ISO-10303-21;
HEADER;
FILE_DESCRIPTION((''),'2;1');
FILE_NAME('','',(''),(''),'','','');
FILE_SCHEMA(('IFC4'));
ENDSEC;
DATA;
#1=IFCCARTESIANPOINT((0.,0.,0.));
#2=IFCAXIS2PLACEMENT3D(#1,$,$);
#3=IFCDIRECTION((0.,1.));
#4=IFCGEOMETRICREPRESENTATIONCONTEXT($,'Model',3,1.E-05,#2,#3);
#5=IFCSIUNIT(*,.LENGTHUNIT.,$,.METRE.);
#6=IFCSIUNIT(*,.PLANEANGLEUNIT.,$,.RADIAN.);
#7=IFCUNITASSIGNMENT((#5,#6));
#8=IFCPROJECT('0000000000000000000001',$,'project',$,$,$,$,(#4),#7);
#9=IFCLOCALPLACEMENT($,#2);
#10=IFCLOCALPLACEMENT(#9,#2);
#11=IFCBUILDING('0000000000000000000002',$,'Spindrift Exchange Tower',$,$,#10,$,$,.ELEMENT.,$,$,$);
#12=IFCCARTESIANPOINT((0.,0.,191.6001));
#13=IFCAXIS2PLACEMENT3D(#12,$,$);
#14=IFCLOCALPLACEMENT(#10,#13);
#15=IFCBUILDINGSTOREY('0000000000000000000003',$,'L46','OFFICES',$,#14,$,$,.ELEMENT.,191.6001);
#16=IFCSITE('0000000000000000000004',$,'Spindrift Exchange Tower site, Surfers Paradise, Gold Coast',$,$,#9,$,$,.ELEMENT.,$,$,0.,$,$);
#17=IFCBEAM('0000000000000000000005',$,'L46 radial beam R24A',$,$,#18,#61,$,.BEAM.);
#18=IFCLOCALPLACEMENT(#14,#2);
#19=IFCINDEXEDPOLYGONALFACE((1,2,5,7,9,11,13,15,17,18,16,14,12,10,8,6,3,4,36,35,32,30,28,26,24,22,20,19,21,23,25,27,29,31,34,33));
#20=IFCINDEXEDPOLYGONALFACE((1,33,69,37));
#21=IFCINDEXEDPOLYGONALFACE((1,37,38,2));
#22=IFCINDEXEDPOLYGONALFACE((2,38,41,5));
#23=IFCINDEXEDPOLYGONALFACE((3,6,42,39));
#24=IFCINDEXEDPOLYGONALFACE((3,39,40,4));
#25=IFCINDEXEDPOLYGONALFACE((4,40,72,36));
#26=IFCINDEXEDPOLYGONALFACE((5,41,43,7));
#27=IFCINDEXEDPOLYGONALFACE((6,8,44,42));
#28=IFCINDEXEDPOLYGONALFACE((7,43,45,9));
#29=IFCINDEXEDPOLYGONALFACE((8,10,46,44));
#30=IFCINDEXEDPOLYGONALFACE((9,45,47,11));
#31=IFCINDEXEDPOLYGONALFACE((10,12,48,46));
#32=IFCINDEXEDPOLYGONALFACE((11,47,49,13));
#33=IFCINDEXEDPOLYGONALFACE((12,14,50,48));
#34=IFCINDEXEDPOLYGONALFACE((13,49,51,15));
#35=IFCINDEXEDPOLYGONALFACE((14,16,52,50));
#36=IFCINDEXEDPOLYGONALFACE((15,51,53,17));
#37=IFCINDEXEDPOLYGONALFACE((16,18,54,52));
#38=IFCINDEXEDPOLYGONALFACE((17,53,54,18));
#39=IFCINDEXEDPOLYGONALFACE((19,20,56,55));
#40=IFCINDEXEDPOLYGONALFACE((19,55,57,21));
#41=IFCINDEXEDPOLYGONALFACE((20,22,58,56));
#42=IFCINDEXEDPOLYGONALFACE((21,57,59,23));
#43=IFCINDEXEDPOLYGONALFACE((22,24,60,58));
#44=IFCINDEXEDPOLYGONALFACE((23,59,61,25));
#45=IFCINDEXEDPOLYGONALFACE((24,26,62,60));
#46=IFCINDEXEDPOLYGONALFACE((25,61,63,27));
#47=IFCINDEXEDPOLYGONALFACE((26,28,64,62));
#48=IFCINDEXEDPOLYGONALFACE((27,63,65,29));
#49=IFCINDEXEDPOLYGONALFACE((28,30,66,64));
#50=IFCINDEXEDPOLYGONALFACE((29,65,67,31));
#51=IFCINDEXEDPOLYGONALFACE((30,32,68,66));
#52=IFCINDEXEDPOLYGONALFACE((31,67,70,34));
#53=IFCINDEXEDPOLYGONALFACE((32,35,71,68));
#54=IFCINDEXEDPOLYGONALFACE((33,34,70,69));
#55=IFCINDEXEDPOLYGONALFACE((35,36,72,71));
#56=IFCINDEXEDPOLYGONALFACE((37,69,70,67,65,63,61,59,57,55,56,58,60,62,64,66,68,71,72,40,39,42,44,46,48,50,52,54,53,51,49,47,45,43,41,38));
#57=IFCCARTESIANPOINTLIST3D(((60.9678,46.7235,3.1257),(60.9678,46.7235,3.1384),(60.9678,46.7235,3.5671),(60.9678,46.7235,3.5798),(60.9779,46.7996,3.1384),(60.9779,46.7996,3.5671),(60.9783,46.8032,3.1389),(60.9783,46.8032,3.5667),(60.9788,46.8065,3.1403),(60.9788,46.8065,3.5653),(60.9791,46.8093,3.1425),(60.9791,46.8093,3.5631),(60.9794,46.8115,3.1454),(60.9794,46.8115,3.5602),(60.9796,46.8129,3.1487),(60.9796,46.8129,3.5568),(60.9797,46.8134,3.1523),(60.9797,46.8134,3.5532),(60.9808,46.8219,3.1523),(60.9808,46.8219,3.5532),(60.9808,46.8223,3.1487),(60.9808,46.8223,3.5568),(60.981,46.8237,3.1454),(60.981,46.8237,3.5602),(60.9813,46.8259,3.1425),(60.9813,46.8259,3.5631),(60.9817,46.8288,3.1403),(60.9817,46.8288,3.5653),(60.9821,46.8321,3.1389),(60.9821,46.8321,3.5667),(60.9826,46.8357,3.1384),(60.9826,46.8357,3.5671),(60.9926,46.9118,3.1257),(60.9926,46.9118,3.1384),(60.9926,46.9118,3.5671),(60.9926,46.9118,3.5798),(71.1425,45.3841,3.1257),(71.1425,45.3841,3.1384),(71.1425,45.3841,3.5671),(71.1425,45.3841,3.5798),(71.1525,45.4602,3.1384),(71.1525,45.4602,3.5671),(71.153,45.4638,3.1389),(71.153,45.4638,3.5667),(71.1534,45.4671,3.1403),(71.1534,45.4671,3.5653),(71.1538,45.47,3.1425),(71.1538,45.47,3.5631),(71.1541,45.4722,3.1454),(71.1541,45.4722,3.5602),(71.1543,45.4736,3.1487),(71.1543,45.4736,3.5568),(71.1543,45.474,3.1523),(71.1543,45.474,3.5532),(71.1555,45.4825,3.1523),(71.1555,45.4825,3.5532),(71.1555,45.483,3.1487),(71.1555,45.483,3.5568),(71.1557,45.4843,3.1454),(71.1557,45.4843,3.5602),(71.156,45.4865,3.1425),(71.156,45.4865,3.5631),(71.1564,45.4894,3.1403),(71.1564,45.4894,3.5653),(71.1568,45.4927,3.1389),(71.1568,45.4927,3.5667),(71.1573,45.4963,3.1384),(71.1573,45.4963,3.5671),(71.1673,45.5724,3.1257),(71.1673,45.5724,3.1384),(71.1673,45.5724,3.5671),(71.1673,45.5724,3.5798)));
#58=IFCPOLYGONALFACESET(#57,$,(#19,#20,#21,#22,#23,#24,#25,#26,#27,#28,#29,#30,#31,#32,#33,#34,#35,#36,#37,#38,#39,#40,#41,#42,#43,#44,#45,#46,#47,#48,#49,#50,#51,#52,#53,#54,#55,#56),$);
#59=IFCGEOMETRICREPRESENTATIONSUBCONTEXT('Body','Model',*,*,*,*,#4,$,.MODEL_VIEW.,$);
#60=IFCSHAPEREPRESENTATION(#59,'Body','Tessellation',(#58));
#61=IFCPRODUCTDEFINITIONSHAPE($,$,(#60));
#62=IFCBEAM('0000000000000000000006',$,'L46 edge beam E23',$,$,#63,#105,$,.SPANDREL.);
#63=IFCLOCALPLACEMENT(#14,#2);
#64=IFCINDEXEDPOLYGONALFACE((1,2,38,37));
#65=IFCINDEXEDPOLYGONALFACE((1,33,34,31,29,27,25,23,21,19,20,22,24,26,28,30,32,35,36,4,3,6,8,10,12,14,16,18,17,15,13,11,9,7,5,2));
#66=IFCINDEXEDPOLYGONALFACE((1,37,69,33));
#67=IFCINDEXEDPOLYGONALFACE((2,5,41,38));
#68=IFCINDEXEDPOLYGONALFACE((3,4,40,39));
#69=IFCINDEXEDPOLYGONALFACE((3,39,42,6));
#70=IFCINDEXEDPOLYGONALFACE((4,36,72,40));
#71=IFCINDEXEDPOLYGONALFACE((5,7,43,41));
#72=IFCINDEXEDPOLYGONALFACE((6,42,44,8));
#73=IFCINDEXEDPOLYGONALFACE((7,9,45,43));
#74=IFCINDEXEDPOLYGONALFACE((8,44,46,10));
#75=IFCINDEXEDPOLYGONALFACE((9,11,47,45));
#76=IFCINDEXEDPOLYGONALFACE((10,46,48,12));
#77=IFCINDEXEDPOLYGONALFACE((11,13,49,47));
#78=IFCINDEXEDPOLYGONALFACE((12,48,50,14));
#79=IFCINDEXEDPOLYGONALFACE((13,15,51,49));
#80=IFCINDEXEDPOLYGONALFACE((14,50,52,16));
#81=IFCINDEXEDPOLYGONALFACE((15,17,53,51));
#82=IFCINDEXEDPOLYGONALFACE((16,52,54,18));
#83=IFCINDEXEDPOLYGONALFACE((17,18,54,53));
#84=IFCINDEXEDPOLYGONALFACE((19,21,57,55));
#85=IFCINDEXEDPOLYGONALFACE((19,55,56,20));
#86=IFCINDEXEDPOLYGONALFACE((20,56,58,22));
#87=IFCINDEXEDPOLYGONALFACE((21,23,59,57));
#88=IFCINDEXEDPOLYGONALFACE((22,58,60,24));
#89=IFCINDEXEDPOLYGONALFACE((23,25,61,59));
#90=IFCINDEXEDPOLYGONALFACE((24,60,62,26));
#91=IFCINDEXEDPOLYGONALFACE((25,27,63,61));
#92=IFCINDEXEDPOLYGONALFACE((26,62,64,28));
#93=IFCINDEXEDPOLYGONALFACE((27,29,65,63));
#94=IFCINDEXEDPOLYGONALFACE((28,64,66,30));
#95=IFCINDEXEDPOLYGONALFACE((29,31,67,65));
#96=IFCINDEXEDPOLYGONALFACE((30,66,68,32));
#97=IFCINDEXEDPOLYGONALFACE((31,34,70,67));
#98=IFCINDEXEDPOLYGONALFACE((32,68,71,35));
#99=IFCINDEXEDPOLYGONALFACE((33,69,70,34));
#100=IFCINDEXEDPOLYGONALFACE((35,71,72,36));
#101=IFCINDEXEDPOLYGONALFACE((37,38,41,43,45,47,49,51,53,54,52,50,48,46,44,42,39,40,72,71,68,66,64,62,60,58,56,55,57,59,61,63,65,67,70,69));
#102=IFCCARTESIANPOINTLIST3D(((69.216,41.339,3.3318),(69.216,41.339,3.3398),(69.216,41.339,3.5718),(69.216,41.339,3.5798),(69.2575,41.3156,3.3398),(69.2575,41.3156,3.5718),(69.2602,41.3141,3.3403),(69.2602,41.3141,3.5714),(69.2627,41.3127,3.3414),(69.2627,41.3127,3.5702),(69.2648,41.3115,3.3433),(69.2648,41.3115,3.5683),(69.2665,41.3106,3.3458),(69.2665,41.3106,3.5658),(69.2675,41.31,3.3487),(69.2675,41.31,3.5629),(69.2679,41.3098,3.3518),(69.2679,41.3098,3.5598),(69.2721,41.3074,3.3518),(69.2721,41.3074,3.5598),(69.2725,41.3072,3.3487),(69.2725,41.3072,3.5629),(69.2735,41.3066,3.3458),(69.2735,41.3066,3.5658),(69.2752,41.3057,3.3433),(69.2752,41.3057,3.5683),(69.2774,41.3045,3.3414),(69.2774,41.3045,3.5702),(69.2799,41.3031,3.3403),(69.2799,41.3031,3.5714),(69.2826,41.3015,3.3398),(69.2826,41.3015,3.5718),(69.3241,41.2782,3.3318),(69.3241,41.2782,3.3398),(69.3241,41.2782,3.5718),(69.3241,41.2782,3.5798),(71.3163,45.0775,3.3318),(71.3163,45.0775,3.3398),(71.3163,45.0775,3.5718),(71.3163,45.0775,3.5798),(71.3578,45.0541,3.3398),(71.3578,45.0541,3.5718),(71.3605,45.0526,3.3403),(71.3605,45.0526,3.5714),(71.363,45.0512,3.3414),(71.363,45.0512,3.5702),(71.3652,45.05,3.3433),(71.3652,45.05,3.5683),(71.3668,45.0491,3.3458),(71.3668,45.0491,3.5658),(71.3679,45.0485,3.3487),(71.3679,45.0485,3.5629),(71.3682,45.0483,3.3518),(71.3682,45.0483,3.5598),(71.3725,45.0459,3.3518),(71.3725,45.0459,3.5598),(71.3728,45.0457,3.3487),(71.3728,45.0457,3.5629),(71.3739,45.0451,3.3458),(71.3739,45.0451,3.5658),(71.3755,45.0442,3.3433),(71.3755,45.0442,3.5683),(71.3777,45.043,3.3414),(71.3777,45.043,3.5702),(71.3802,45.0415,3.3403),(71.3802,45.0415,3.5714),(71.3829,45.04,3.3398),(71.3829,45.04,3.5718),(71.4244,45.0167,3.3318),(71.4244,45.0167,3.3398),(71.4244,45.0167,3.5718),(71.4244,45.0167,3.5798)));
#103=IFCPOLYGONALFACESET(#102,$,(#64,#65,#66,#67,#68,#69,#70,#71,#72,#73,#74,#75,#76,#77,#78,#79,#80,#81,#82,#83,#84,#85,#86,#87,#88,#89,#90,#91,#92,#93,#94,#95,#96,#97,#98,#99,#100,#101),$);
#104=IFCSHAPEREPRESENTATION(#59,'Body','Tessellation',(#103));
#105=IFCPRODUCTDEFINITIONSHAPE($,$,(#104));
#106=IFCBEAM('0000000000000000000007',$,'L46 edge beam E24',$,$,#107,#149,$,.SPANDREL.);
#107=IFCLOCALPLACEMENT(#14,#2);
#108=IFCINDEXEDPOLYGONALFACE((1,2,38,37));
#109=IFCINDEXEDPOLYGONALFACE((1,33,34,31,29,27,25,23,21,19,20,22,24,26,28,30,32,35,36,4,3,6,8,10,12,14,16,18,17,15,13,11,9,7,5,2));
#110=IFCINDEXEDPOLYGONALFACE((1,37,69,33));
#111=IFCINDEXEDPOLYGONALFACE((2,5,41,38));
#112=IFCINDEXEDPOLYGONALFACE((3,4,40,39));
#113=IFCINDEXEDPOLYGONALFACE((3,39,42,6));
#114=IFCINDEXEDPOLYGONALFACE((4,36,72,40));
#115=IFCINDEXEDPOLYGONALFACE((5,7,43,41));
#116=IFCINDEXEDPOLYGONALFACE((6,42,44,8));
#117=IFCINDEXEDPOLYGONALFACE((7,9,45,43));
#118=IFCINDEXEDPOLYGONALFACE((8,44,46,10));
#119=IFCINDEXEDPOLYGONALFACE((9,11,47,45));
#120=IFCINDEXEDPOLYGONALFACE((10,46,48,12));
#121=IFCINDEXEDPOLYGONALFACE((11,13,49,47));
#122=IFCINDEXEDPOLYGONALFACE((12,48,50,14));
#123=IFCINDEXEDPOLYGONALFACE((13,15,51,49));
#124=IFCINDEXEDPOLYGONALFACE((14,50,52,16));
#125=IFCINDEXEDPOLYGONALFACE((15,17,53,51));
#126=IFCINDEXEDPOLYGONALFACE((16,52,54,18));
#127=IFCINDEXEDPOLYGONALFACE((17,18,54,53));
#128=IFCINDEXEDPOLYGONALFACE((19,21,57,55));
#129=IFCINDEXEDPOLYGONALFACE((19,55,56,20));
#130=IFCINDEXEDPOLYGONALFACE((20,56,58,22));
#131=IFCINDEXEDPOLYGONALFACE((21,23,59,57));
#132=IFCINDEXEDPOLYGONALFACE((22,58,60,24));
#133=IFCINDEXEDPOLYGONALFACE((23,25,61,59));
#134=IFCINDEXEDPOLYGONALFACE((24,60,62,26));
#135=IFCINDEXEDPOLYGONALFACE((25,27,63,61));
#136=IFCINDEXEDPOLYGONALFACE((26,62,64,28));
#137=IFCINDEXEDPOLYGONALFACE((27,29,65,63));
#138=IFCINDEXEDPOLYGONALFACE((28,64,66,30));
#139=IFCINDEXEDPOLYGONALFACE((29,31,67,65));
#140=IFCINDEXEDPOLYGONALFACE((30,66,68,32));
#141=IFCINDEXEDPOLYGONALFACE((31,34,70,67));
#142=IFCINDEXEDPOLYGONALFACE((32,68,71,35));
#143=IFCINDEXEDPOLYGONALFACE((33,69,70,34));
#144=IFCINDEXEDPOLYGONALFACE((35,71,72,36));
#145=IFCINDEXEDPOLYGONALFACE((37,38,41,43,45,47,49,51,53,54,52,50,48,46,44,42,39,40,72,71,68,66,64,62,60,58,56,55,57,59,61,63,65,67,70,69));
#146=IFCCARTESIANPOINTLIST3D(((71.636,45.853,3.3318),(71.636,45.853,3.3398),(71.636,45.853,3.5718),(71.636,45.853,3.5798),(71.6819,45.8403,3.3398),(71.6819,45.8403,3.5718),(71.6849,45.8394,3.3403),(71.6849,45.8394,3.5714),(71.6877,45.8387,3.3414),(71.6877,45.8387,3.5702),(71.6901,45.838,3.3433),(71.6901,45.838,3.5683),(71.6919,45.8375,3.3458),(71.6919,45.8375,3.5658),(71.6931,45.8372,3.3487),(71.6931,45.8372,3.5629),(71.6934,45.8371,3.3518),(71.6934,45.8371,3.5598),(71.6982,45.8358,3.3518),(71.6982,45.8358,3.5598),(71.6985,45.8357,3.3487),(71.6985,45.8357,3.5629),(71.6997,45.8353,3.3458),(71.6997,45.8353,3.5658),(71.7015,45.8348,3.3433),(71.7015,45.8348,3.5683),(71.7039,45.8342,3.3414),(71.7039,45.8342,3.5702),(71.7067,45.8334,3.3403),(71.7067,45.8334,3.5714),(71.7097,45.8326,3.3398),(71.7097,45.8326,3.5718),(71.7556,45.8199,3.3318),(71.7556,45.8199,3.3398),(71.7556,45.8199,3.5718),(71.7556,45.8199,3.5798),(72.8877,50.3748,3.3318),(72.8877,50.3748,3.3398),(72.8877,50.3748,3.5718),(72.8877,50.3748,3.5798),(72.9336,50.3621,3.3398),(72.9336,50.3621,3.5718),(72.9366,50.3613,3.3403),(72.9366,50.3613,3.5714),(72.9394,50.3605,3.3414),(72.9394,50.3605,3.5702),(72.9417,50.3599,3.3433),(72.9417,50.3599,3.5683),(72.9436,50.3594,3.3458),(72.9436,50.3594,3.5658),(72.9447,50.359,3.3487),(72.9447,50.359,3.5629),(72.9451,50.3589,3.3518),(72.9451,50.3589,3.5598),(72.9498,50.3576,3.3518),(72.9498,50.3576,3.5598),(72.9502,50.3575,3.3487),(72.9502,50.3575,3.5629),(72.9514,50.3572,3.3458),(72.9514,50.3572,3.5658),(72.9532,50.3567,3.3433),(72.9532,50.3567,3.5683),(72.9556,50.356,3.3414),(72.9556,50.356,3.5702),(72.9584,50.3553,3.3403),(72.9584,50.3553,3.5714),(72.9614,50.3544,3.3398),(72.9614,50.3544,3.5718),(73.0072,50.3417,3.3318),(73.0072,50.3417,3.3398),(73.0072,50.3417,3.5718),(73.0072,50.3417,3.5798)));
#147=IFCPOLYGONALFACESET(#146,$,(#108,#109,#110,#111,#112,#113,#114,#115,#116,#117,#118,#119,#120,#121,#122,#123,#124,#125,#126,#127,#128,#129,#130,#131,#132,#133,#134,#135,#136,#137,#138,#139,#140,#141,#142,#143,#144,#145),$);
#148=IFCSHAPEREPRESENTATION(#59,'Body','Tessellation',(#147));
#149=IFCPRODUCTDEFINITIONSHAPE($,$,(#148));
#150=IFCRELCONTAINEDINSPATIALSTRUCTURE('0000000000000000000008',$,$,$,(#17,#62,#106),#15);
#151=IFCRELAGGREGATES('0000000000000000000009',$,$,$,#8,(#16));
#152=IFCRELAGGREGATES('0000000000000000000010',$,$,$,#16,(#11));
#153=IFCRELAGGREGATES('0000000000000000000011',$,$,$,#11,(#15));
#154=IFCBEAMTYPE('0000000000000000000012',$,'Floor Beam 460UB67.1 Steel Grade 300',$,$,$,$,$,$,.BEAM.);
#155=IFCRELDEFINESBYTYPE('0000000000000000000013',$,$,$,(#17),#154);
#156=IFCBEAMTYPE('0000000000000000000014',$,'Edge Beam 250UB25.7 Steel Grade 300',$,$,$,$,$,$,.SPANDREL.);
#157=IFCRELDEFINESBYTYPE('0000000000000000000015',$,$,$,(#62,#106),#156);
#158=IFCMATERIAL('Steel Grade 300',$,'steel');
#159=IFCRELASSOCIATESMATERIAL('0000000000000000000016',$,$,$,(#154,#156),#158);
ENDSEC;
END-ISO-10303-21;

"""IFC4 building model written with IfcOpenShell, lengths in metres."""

from ifc_helpers import new_model, si_unit, direction, frame, origin, origin_2d, place, context, subcontext, project, spatial, i_section, extrude, source, transform, mapped, material, material_profile, profile_set, type_object, element, save


model = new_model("IFC4")

# Units and contexts
model_context = context("Model", 3, precision=1e-05, world=origin(), true_north=direction((0.0, 1.0)))
body_context = subcontext(model_context, "Body", "Model", "MODEL_VIEW")
ifc_project = project(units=[si_unit("LENGTHUNIT", "METRE"), si_unit("PLANEANGLEUNIT", "RADIAN")], contexts=[model_context])

# Site, building, storey
site_placement = place(None, origin())
site = spatial("IfcSite", under=ifc_project, at=site_placement, Name="Spindrift Exchange Tower site, Surfers Paradise, Gold Coast", CompositionType="ELEMENT", RefElevation=0.0)
building_placement = place(site_placement, origin())
building = spatial("IfcBuilding", under=site, at=building_placement, Name="Spindrift Exchange Tower", CompositionType="ELEMENT")
storey_placement = place(building_placement, frame((0.0, 0.0, 191.6001)))
storey = spatial("IfcBuildingStorey", under=building, at=storey_placement, Name="L46", Description="OFFICES", CompositionType="ELEMENT", Elevation=191.6001)

# Beams
ifc_material_1 = material(Name="Steel Grade 300", Category="steel")
ifc_material_profile_1 = material_profile(ifc_material_1, i_section(OverallWidth=0.1899, OverallDepth=0.4541, WebThickness=0.0085, FlangeThickness=0.0127, FilletRadius=0.0139, at=origin_2d()), Name="460UB67.1")
ifc_profile_set_1 = profile_set([ifc_material_profile_1], Name="Steel Grade 300")
beam_type_1 = type_object("IfcBeamType", Name="Floor Beam 460UB67.1 Steel Grade 300", PredefinedType="BEAM", material=ifc_profile_set_1)
shared_shape_1 = source(origin(), body_context, "Body", "SweptSolid", [
    extrude(i_section(OverallWidth=0.1899, OverallDepth=0.4541, WebThickness=0.0085, FlangeThickness=0.0127, FilletRadius=0.0139, at=origin_2d()), origin(), (0.0, 0.0, 1.0), 10.2625),
])
beam_1_placement = place(storey_placement, frame((60.9802, 46.8176, 3.3528), z_axis=(0.991447, -0.130512, 0.0), x_axis=(0.130512, 0.991447, 0.0)))
element("IfcBeam", 1, at=beam_1_placement, inside=storey, type_object=beam_type_1, Name="L46 radial beam R24A", PredefinedType="BEAM", context=body_context, shape_type="MappedRepresentation", body=[
    mapped(shared_shape_1, transform((0.0, 0.0, 0.0), scale=1.0)),
])
ifc_material_profile_2 = material_profile(ifc_material_1, i_section(OverallWidth=0.124, OverallDepth=0.248, WebThickness=0.0049, FlangeThickness=0.0081, FilletRadius=0.012, at=origin_2d()), Name="250UB25.7")
ifc_profile_set_2 = profile_set([ifc_material_profile_2], Name="Steel Grade 300")
beam_type_2 = type_object("IfcBeamType", Name="Edge Beam 250UB25.7 Steel Grade 300", PredefinedType="SPANDREL", material=ifc_profile_set_2)
shared_shape_2 = source(origin(), body_context, "Body", "SweptSolid", [
    extrude(i_section(OverallWidth=0.124, OverallDepth=0.248, WebThickness=0.0049, FlangeThickness=0.0081, FilletRadius=0.012, at=origin_2d()), origin(), (0.0, 0.0, 1.0), 4.2881),
])
beam_2_placement = place(storey_placement, frame((69.27, 41.3086, 3.4558), z_axis=(0.489804, 0.871832, 0.0), x_axis=(-0.871832, 0.489804, 0.0)))
element("IfcBeam", 2, at=beam_2_placement, inside=storey, type_object=beam_type_2, Name="L46 edge beam E23", PredefinedType="SPANDREL", context=body_context, shape_type="MappedRepresentation", body=[
    mapped(shared_shape_2, transform((0.0, 0.0, 0.0), scale=1.0)),
])
shared_shape_3 = source(origin(), body_context, "Body", "SweptSolid", [
    extrude(i_section(OverallWidth=0.124, OverallDepth=0.248, WebThickness=0.0049, FlangeThickness=0.0081, FilletRadius=0.012, at=origin_2d()), origin(), (0.0, 0.0, 1.0), 4.6919),
])
beam_3_placement = place(storey_placement, frame((71.6958, 45.8364, 3.4558), z_axis=(0.266774, 0.963759, 0.0), x_axis=(-0.963759, 0.266774, 0.0)))
element("IfcBeam", 3, at=beam_3_placement, inside=storey, type_object=beam_type_2, Name="L46 edge beam E24", PredefinedType="SPANDREL", context=body_context, shape_type="MappedRepresentation", body=[
    mapped(shared_shape_3, transform((0.0, 0.0, 0.0), scale=1.0)),
])

save(model, "model.ifc")
